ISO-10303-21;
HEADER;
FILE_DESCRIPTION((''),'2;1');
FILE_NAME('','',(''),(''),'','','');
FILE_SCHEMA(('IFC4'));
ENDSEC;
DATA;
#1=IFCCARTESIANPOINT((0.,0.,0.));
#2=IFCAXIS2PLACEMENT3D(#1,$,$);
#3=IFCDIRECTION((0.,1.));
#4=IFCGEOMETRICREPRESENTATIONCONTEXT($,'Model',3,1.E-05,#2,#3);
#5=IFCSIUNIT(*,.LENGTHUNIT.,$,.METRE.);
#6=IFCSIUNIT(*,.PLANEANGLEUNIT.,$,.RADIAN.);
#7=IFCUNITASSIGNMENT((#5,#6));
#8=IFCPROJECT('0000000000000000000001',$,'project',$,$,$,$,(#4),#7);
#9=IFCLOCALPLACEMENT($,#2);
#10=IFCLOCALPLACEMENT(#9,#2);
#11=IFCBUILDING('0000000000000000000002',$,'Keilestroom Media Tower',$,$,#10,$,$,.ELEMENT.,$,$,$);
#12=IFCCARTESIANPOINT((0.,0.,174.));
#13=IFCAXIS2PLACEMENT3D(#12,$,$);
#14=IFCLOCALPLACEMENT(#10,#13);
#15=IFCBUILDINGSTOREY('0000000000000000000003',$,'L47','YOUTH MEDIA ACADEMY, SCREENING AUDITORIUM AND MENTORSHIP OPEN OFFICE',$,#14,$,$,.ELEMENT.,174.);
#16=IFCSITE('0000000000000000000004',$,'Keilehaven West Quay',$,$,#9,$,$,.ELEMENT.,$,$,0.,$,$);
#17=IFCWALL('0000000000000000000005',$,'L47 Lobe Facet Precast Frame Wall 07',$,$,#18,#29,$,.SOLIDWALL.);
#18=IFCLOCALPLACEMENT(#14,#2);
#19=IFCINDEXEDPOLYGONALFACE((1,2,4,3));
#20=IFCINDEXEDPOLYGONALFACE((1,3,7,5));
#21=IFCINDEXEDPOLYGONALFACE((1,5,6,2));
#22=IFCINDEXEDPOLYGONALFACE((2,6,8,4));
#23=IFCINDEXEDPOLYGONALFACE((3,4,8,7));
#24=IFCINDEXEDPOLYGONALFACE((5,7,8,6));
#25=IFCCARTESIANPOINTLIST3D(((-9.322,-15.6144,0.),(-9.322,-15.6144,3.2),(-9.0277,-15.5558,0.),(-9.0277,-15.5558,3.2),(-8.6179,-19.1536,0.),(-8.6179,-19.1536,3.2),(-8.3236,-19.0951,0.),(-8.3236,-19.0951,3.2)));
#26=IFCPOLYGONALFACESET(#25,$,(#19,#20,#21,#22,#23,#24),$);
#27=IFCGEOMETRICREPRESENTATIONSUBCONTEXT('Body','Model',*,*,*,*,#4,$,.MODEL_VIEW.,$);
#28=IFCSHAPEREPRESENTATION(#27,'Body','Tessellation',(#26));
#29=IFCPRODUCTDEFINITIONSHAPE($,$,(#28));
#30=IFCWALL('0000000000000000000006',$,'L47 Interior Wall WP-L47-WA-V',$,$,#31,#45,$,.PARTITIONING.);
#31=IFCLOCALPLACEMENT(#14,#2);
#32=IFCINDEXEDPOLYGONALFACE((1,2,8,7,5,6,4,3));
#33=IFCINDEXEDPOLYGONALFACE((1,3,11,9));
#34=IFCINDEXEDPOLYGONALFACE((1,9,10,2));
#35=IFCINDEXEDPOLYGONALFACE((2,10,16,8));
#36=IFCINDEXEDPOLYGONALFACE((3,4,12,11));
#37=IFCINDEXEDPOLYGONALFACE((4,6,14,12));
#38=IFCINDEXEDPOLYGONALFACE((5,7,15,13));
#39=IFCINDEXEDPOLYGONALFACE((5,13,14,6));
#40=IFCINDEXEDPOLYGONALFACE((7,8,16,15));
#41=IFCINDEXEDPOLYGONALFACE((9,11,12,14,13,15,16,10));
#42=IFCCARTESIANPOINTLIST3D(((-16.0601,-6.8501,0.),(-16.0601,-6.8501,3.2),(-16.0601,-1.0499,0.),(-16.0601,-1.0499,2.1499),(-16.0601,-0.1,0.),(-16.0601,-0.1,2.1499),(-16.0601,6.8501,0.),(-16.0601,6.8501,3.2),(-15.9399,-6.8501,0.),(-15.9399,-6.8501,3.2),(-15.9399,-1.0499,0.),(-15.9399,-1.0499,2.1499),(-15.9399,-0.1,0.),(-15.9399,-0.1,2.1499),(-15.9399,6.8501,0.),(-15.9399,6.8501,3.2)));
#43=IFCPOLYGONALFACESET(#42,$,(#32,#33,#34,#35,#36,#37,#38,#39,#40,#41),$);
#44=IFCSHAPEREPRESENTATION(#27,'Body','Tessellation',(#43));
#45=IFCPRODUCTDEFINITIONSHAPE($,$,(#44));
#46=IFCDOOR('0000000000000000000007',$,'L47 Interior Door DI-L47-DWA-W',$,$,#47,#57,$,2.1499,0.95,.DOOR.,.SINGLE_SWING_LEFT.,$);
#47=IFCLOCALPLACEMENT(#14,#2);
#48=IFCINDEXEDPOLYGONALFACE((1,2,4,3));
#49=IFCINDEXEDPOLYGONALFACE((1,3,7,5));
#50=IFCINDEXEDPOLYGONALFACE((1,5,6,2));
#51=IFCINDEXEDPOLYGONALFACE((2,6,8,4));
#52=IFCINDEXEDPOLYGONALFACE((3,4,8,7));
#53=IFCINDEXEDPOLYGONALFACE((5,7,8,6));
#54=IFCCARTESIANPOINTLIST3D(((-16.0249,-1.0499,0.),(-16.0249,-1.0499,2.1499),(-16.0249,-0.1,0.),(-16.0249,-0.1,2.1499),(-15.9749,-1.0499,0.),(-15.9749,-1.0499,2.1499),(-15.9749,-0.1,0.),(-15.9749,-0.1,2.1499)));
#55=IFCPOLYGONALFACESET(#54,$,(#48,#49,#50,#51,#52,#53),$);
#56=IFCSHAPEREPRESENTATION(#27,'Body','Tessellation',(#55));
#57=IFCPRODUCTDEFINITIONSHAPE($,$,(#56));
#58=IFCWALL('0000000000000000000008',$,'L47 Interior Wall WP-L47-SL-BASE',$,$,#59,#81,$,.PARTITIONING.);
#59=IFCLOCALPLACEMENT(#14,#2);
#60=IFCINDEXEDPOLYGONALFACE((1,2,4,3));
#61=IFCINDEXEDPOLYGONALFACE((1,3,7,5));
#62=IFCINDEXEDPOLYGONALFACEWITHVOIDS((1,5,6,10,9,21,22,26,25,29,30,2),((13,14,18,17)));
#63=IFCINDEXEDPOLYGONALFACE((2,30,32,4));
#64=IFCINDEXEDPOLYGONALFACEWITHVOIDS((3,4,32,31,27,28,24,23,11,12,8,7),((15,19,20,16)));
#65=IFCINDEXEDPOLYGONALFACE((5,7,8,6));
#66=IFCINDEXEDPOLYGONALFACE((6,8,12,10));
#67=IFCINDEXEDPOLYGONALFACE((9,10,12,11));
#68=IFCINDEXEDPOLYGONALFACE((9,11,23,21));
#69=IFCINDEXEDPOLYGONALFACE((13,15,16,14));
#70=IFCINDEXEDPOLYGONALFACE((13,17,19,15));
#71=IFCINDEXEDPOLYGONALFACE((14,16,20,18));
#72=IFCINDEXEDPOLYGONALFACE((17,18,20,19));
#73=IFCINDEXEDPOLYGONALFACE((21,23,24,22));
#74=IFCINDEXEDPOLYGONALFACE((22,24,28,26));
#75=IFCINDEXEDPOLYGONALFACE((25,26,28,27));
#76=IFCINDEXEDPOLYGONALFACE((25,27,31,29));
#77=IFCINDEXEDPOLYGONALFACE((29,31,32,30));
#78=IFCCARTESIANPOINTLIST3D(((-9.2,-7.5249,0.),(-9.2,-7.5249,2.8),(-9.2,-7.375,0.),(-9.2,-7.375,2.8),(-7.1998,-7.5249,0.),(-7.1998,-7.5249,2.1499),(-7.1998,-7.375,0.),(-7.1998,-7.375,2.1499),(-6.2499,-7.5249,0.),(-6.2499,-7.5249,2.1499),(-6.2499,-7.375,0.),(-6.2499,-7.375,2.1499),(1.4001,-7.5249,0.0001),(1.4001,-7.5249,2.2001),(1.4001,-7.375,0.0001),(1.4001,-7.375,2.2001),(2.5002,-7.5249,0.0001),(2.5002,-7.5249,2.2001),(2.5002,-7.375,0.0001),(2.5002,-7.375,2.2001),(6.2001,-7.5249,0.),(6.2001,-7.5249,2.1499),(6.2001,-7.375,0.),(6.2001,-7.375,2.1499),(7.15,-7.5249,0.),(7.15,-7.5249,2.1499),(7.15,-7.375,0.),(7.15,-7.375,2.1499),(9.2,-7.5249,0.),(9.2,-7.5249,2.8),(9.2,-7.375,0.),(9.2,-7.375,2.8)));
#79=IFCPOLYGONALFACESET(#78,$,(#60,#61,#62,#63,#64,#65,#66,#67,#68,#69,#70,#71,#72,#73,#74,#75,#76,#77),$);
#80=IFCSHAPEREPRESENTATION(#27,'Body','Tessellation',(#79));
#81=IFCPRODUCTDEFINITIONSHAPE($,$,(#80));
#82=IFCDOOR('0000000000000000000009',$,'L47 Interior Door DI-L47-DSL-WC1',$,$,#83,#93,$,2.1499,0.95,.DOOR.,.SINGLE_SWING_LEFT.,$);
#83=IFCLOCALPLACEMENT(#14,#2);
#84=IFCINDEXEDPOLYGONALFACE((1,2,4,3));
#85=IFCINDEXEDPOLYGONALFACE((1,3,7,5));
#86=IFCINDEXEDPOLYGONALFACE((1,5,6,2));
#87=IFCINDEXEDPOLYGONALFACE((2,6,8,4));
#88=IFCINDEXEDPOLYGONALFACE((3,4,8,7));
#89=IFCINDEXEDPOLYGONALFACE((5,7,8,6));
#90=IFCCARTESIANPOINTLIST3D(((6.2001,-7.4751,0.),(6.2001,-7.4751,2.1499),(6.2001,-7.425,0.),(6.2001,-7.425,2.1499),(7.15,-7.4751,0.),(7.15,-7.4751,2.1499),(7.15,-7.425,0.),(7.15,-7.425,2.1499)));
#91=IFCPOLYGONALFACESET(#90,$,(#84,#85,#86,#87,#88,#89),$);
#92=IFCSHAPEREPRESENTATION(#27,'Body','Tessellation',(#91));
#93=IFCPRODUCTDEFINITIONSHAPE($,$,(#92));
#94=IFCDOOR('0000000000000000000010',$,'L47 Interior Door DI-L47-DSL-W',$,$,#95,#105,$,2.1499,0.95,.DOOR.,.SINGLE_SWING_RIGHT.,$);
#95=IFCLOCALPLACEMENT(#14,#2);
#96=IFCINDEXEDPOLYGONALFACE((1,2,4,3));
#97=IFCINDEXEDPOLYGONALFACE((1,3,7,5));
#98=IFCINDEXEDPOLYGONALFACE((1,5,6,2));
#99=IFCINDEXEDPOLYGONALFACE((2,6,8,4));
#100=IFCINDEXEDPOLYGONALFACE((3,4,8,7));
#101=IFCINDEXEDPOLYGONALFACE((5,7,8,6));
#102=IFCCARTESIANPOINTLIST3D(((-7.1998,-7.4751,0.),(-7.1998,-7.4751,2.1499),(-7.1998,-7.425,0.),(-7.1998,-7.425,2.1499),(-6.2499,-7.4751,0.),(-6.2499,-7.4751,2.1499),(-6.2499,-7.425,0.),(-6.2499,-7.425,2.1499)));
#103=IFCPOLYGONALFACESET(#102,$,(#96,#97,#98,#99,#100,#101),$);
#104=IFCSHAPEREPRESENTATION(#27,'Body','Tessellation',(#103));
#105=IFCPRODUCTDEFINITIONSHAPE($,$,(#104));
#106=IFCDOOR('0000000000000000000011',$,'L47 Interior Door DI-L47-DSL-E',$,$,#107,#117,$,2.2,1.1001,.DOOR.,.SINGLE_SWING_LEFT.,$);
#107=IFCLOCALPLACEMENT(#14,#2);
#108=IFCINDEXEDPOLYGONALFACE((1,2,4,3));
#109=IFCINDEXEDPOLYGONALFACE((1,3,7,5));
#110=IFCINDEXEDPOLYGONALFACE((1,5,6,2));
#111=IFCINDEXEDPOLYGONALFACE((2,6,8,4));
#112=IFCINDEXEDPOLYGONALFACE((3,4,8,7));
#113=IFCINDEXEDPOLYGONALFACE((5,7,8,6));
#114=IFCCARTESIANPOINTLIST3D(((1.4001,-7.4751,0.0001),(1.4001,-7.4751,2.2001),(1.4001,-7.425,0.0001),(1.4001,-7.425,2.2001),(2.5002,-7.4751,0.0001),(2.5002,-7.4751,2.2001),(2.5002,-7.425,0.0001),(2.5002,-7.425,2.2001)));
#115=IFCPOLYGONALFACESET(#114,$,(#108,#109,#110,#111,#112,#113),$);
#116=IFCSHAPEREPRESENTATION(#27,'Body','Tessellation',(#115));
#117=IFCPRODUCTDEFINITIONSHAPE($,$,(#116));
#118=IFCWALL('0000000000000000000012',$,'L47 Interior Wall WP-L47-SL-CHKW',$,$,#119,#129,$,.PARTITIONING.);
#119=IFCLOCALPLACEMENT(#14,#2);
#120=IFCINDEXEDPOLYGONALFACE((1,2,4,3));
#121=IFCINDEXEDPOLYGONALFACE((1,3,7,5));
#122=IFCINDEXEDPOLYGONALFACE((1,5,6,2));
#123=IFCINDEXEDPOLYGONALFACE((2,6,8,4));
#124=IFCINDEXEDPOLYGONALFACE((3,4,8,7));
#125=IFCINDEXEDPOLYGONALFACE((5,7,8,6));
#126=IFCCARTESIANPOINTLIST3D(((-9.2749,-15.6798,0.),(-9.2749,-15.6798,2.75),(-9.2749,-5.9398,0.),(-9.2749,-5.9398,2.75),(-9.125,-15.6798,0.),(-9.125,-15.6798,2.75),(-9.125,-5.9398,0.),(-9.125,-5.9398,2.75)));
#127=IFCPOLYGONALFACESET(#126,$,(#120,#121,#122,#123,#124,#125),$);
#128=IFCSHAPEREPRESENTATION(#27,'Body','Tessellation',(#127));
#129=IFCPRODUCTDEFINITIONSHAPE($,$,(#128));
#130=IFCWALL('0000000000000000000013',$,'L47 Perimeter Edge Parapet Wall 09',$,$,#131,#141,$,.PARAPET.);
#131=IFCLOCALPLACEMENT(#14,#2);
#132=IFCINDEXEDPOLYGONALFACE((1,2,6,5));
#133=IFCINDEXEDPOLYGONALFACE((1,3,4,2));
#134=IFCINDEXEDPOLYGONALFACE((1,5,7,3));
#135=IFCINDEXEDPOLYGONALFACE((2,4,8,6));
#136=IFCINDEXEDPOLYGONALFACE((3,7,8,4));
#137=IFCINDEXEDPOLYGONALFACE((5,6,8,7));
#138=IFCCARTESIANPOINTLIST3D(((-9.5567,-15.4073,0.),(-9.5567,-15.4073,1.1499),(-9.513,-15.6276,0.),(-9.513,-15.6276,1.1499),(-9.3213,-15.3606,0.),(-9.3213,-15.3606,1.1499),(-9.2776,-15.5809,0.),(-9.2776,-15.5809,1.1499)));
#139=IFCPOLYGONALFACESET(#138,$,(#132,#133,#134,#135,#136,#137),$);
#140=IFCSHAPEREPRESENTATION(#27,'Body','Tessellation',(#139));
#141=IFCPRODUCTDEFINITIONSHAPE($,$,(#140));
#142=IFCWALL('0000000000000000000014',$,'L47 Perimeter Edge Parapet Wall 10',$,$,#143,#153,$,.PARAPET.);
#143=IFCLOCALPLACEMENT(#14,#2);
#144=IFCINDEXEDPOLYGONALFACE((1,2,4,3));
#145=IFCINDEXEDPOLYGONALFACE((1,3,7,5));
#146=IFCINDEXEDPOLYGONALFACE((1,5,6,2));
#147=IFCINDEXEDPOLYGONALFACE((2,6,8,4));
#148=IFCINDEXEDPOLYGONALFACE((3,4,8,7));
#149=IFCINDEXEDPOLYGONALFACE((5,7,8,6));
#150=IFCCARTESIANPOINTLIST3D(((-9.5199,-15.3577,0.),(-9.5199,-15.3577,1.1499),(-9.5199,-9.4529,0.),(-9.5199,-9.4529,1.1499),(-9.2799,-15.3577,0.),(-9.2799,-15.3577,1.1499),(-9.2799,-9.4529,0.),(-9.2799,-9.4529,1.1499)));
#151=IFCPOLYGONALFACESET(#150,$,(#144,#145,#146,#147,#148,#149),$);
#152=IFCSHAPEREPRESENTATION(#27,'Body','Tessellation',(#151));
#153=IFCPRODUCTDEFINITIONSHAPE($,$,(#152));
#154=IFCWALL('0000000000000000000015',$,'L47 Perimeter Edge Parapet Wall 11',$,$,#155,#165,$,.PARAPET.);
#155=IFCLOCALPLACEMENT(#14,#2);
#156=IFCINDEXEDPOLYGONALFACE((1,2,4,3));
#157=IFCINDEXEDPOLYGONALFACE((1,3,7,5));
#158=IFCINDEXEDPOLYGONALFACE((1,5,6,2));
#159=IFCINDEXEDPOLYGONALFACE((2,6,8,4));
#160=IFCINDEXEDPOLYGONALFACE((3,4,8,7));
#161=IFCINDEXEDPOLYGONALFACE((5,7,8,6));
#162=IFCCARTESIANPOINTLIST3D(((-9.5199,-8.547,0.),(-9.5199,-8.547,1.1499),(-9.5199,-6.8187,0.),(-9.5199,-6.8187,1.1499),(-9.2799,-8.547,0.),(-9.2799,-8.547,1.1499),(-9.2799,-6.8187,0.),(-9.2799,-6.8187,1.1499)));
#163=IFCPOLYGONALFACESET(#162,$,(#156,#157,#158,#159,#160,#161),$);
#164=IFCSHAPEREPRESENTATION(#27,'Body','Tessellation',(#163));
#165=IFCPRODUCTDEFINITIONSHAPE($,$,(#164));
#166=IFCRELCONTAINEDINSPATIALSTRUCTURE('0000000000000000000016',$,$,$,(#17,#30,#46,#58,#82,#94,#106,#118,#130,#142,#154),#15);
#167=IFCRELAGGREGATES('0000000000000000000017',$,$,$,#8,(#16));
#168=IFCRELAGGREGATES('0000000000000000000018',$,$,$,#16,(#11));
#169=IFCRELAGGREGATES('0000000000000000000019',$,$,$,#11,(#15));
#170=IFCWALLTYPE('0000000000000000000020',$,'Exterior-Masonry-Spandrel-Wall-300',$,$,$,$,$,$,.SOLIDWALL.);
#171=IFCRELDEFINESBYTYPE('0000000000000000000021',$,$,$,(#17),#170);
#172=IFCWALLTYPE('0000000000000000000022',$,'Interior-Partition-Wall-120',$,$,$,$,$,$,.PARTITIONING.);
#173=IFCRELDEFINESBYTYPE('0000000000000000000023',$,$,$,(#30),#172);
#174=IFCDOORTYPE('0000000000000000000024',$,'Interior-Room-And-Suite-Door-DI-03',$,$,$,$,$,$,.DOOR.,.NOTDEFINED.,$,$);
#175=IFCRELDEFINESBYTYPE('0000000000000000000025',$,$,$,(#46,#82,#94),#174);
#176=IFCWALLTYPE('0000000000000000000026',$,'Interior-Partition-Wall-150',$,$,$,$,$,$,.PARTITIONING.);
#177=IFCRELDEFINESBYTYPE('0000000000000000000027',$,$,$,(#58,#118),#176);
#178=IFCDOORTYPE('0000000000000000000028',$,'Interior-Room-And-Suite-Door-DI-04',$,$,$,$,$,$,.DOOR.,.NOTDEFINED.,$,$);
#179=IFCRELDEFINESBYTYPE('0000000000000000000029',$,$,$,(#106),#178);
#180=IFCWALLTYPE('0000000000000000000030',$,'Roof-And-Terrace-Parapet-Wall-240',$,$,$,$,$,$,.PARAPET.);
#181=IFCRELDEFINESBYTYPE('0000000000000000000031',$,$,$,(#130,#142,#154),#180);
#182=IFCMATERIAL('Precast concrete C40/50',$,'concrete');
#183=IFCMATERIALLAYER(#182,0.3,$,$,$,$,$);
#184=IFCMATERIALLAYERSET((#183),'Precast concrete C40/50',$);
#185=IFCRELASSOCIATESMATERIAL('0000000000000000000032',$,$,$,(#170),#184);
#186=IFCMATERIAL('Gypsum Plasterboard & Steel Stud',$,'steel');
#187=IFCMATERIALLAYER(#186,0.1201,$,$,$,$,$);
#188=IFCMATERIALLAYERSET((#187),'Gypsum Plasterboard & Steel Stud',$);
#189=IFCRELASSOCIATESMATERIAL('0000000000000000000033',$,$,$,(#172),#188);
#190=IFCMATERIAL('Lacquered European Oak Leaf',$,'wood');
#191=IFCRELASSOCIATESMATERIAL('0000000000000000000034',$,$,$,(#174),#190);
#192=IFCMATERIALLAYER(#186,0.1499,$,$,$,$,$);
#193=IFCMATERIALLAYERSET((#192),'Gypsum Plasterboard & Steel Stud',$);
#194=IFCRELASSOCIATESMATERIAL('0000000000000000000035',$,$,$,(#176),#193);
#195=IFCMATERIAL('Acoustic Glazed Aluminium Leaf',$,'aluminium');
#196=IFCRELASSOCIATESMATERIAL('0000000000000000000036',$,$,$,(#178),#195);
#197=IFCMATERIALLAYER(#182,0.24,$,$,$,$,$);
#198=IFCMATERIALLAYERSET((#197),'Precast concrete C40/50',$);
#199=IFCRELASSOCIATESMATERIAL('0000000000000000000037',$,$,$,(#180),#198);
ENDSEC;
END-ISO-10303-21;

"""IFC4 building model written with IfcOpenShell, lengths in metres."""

from ifc_helpers import new_model, si_unit, direction, frame, frame_2d, origin, place, context, subcontext, project, spatial, rectangle, extrude, source, transform, mapped, material, layer, layer_set, type_object, element, fill, save


model = new_model("IFC4")

# Units and contexts
model_context = context("Model", 3, precision=1e-05, world=origin(), true_north=direction((0.0, 1.0)))
body_context = subcontext(model_context, "Body", "Model", "MODEL_VIEW")
ifc_project = project(units=[si_unit("LENGTHUNIT", "METRE"), si_unit("PLANEANGLEUNIT", "RADIAN")], contexts=[model_context])

# Site, building, storey
site_placement = place(None, origin())
site = spatial("IfcSite", under=ifc_project, at=site_placement, Name="Keilehaven West Quay", CompositionType="ELEMENT", RefElevation=0.0)
building_placement = place(site_placement, origin())
building = spatial("IfcBuilding", under=site, at=building_placement, Name="Keilestroom Media Tower", CompositionType="ELEMENT")
storey_placement = place(building_placement, frame((0.0, 0.0, 174.0)))
storey = spatial("IfcBuildingStorey", under=building, at=storey_placement, Name="L47", Description="YOUTH MEDIA ACADEMY, SCREENING AUDITORIUM AND MENTORSHIP OPEN OFFICE", CompositionType="ELEMENT", Elevation=174.0)

# Shared definitions
ifc_material_1 = material(Name="Precast concrete C40/50", Category="concrete")

# Wall
ifc_layer_1 = layer(ifc_material_1, 0.3)
ifc_layer_set_1 = layer_set([ifc_layer_1], Name="Precast concrete C40/50")
wall_type_1 = type_object("IfcWallType", Name="Exterior-Masonry-Spandrel-Wall-300", PredefinedType="SOLIDWALL", material=ifc_layer_set_1)
wall_1_placement = place(storey_placement, frame((-9.1748, -15.5852, 0.0), z_axis=(0.0, 0.0, 1.0), x_axis=(0.195114, -0.980781, 0.0)))
element("IfcWall", 1, at=wall_1_placement, inside=storey, type_object=wall_type_1, Name="L47 Lobe Facet Precast Frame Wall 07", PredefinedType="SOLIDWALL", context=body_context, shape_type="SweptSolid", body=[
    extrude(rectangle(XDim=3.6086, YDim=0.3, at=frame_2d((1.8042, 0.0))), origin(), (0.0, 0.0, 1.0), 3.2),
])

# Wall, opening, door
ifc_material_2 = material(Name="Gypsum Plasterboard & Steel Stud", Category="steel")
ifc_layer_2 = layer(ifc_material_2, 0.1201)
ifc_layer_set_2 = layer_set([ifc_layer_2], Name="Gypsum Plasterboard & Steel Stud")
wall_type_2 = type_object("IfcWallType", Name="Interior-Partition-Wall-120", PredefinedType="PARTITIONING", material=ifc_layer_set_2)
wall_2_placement = place(storey_placement, frame((-16.0, -6.8501, 0.0), z_axis=(0.0, 0.0, 1.0), x_axis=(0.0, 1.0, 0.0)))
wall_2 = element("IfcWall", 2, at=wall_2_placement, inside=storey, type_object=wall_type_2, Name="L47 Interior Wall WP-L47-WA-V", PredefinedType="PARTITIONING", context=body_context, shape_type="SweptSolid", body=[
    extrude(rectangle(XDim=13.7002, YDim=0.1201, at=frame_2d((6.8501, 0.0))), origin(), (0.0, 0.0, 1.0), 3.2),
])
opening_1_placement = place(wall_2_placement, frame((5.8, 0.0, 0.0)))
opening_1 = element("IfcOpeningElement", 3, at=opening_1_placement, cuts=wall_2, PredefinedType="OPENING", context=body_context, shape_type="SweptSolid", body=[
    extrude(rectangle(XDim=0.95, YDim=2.1499, at=frame_2d((0.4751, 1.075))), frame((0.0, 0.0701, 0.0), z_axis=(0.0, -1.0, 0.0), x_axis=(1.0, 0.0, 0.0)), (0.0, 0.0, 1.0), 0.1401),
])
ifc_material_3 = material(Name="Lacquered European Oak Leaf", Category="wood")
door_type_1 = type_object("IfcDoorType", Name="Interior-Room-And-Suite-Door-DI-03", OperationType="NOTDEFINED", PredefinedType="DOOR", material=ifc_material_3)
shared_shape_1 = source(origin(), body_context, "Body", "SweptSolid", [
    extrude(rectangle(XDim=0.95, YDim=2.1499, at=frame_2d((0.4751, 1.075))), frame((0.0, 0.0249, 0.0), z_axis=(0.0, -1.0, 0.0), x_axis=(1.0, 0.0, 0.0)), (0.0, 0.0, 1.0), 0.05),
])
door_1_placement = place(opening_1_placement, origin())
door_1 = element("IfcDoor", 4, at=door_1_placement, inside=storey, type_object=door_type_1, Name="L47 Interior Door DI-L47-DWA-W", OperationType="SINGLE_SWING_LEFT", OverallHeight=2.1499, OverallWidth=0.95, PredefinedType="DOOR", context=body_context, shape_type="MappedRepresentation", body=[
    mapped(shared_shape_1, transform((0.0, 0.0, 0.0), x_axis=(1.0, 0.0, 0.0), y_axis=(0.0, 1.0, 0.0), z_axis=(0.0, 0.0, 1.0), scale=1.0)),
])
fill(opening_1, door_1)

# Wall, openings, doors
ifc_layer_3 = layer(ifc_material_2, 0.1499)
ifc_layer_set_3 = layer_set([ifc_layer_3], Name="Gypsum Plasterboard & Steel Stud")
wall_type_3 = type_object("IfcWallType", Name="Interior-Partition-Wall-150", PredefinedType="PARTITIONING", material=ifc_layer_set_3)
wall_3_placement = place(storey_placement, frame((-9.2, -7.45, 0.0), z_axis=(0.0, 0.0, 1.0), x_axis=(1.0, 0.0, 0.0)))
wall_3 = element("IfcWall", 5, at=wall_3_placement, inside=storey, type_object=wall_type_3, Name="L47 Interior Wall WP-L47-SL-BASE", PredefinedType="PARTITIONING", context=body_context, shape_type="SweptSolid", body=[
    extrude(rectangle(XDim=18.3999, YDim=0.1499, at=frame_2d((9.2, 0.0))), origin(), (0.0, 0.0, 1.0), 2.8),
])
opening_2_placement = place(wall_3_placement, frame((15.3999, 0.0, 0.0)))
opening_2 = element("IfcOpeningElement", 6, at=opening_2_placement, cuts=wall_3, PredefinedType="OPENING", context=body_context, shape_type="SweptSolid", body=[
    extrude(rectangle(XDim=0.95, YDim=2.1499, at=frame_2d((0.4751, 1.075))), frame((0.0, 0.085, 0.0), z_axis=(0.0, -1.0, 0.0), x_axis=(1.0, 0.0, 0.0)), (0.0, 0.0, 1.0), 0.1699),
])
opening_3_placement = place(wall_3_placement, frame((2.0, 0.0, 0.0)))
opening_3 = element("IfcOpeningElement", 7, at=opening_3_placement, cuts=wall_3, PredefinedType="OPENING", context=body_context, shape_type="SweptSolid", body=[
    extrude(rectangle(XDim=0.95, YDim=2.1499, at=frame_2d((0.4751, 1.075))), frame((0.0, 0.085, 0.0), z_axis=(0.0, -1.0, 0.0), x_axis=(1.0, 0.0, 0.0)), (0.0, 0.0, 1.0), 0.1699),
])
opening_4_placement = place(wall_3_placement, frame((10.6001, 0.0, 0.0)))
opening_4 = element("IfcOpeningElement", 8, at=opening_4_placement, cuts=wall_3, PredefinedType="OPENING", context=body_context, shape_type="SweptSolid", body=[
    extrude(rectangle(XDim=1.1001, YDim=2.2, at=frame_2d((0.55, 1.1001))), frame((0.0, 0.085, 0.0), z_axis=(0.0, -1.0, 0.0), x_axis=(1.0, 0.0, 0.0)), (0.0, 0.0, 1.0), 0.1699),
])
door_2_placement = place(opening_2_placement, origin())
door_2 = element("IfcDoor", 9, at=door_2_placement, inside=storey, type_object=door_type_1, Name="L47 Interior Door DI-L47-DSL-WC1", OperationType="SINGLE_SWING_LEFT", OverallHeight=2.1499, OverallWidth=0.95, PredefinedType="DOOR", context=body_context, shape_type="MappedRepresentation", body=[
    mapped(shared_shape_1, transform((0.0, 0.0, 0.0), x_axis=(1.0, 0.0, 0.0), y_axis=(0.0, 1.0, 0.0), z_axis=(0.0, 0.0, 1.0), scale=1.0)),
])
fill(opening_2, door_2)
door_3_placement = place(opening_3_placement, origin())
door_3 = element("IfcDoor", 10, at=door_3_placement, inside=storey, type_object=door_type_1, Name="L47 Interior Door DI-L47-DSL-W", OperationType="SINGLE_SWING_RIGHT", OverallHeight=2.1499, OverallWidth=0.95, PredefinedType="DOOR", context=body_context, shape_type="MappedRepresentation", body=[
    mapped(shared_shape_1, transform((0.0, 0.0, 0.0), x_axis=(1.0, 0.0, 0.0), y_axis=(0.0, 1.0, 0.0), z_axis=(0.0, 0.0, 1.0), scale=1.0)),
])
fill(opening_3, door_3)
ifc_material_4 = material(Name="Acoustic Glazed Aluminium Leaf", Category="aluminium")
door_type_2 = type_object("IfcDoorType", Name="Interior-Room-And-Suite-Door-DI-04", OperationType="NOTDEFINED", PredefinedType="DOOR", material=ifc_material_4)
shared_shape_2 = source(origin(), body_context, "Body", "SweptSolid", [
    extrude(rectangle(XDim=1.1001, YDim=2.2, at=frame_2d((0.55, 1.1001))), frame((0.0, 0.0249, 0.0), z_axis=(0.0, -1.0, 0.0), x_axis=(1.0, 0.0, 0.0)), (0.0, 0.0, 1.0), 0.05),
])
door_4_placement = place(opening_4_placement, origin())
door_4 = element("IfcDoor", 11, at=door_4_placement, inside=storey, type_object=door_type_2, Name="L47 Interior Door DI-L47-DSL-E", OperationType="SINGLE_SWING_LEFT", OverallHeight=2.2, OverallWidth=1.1001, PredefinedType="DOOR", context=body_context, shape_type="MappedRepresentation", body=[
    mapped(shared_shape_2, transform((0.0, 0.0, 0.0), x_axis=(1.0, 0.0, 0.0), y_axis=(0.0, 1.0, 0.0), z_axis=(0.0, 0.0, 1.0), scale=1.0)),
])
fill(opening_4, door_4)

# Walls
wall_4_placement = place(storey_placement, frame((-9.2, -15.6799, 0.0), z_axis=(0.0, 0.0, 1.0), x_axis=(0.0, 1.0, 0.0)))
element("IfcWall", 12, at=wall_4_placement, inside=storey, type_object=wall_type_3, Name="L47 Interior Wall WP-L47-SL-CHKW", PredefinedType="PARTITIONING", context=body_context, shape_type="SweptSolid", body=[
    extrude(rectangle(XDim=9.74, YDim=0.1499, at=frame_2d((4.8701, 0.0))), origin(), (0.0, 0.0, 1.0), 2.75),
])
ifc_layer_4 = layer(ifc_material_1, 0.24)
ifc_layer_set_4 = layer_set([ifc_layer_4], Name="Precast concrete C40/50")
wall_type_4 = type_object("IfcWallType", Name="Roof-And-Terrace-Parapet-Wall-240", PredefinedType="PARAPET", material=ifc_layer_set_4)
wall_5_placement = place(storey_placement, frame((-9.3953, -15.6042, 0.0), z_axis=(0.0, 0.0, 1.0), x_axis=(-0.194652, 0.980872, 0.0)))
element("IfcWall", 13, at=wall_5_placement, inside=storey, type_object=wall_type_4, Name="L47 Perimeter Edge Parapet Wall 09", PredefinedType="PARAPET", context=body_context, shape_type="SweptSolid", body=[
    extrude(rectangle(XDim=0.2246, YDim=0.24, at=frame_2d((0.1123, 0.0))), origin(), (0.0, 0.0, 1.0), 1.1499),
])
wall_6_placement = place(storey_placement, frame((-9.3999, -15.3577, 0.0), z_axis=(0.0, 0.0, 1.0), x_axis=(0.0, 1.0, 0.0)))
element("IfcWall", 14, at=wall_6_placement, inside=storey, type_object=wall_type_4, Name="L47 Perimeter Edge Parapet Wall 10", PredefinedType="PARAPET", context=body_context, shape_type="SweptSolid", body=[
    extrude(rectangle(XDim=5.9048, YDim=0.24, at=frame_2d((2.9524, 0.0))), origin(), (0.0, 0.0, 1.0), 1.1499),
])
wall_7_placement = place(storey_placement, frame((-9.3999, -8.5471, 0.0), z_axis=(0.0, 0.0, 1.0), x_axis=(0.0, 1.0, 0.0)))
element("IfcWall", 15, at=wall_7_placement, inside=storey, type_object=wall_type_4, Name="L47 Perimeter Edge Parapet Wall 11", PredefinedType="PARAPET", context=body_context, shape_type="SweptSolid", body=[
    extrude(rectangle(XDim=1.7283, YDim=0.24, at=frame_2d((0.8643, 0.0))), origin(), (0.0, 0.0, 1.0), 1.1499),
])

save(model, "model.ifc")
